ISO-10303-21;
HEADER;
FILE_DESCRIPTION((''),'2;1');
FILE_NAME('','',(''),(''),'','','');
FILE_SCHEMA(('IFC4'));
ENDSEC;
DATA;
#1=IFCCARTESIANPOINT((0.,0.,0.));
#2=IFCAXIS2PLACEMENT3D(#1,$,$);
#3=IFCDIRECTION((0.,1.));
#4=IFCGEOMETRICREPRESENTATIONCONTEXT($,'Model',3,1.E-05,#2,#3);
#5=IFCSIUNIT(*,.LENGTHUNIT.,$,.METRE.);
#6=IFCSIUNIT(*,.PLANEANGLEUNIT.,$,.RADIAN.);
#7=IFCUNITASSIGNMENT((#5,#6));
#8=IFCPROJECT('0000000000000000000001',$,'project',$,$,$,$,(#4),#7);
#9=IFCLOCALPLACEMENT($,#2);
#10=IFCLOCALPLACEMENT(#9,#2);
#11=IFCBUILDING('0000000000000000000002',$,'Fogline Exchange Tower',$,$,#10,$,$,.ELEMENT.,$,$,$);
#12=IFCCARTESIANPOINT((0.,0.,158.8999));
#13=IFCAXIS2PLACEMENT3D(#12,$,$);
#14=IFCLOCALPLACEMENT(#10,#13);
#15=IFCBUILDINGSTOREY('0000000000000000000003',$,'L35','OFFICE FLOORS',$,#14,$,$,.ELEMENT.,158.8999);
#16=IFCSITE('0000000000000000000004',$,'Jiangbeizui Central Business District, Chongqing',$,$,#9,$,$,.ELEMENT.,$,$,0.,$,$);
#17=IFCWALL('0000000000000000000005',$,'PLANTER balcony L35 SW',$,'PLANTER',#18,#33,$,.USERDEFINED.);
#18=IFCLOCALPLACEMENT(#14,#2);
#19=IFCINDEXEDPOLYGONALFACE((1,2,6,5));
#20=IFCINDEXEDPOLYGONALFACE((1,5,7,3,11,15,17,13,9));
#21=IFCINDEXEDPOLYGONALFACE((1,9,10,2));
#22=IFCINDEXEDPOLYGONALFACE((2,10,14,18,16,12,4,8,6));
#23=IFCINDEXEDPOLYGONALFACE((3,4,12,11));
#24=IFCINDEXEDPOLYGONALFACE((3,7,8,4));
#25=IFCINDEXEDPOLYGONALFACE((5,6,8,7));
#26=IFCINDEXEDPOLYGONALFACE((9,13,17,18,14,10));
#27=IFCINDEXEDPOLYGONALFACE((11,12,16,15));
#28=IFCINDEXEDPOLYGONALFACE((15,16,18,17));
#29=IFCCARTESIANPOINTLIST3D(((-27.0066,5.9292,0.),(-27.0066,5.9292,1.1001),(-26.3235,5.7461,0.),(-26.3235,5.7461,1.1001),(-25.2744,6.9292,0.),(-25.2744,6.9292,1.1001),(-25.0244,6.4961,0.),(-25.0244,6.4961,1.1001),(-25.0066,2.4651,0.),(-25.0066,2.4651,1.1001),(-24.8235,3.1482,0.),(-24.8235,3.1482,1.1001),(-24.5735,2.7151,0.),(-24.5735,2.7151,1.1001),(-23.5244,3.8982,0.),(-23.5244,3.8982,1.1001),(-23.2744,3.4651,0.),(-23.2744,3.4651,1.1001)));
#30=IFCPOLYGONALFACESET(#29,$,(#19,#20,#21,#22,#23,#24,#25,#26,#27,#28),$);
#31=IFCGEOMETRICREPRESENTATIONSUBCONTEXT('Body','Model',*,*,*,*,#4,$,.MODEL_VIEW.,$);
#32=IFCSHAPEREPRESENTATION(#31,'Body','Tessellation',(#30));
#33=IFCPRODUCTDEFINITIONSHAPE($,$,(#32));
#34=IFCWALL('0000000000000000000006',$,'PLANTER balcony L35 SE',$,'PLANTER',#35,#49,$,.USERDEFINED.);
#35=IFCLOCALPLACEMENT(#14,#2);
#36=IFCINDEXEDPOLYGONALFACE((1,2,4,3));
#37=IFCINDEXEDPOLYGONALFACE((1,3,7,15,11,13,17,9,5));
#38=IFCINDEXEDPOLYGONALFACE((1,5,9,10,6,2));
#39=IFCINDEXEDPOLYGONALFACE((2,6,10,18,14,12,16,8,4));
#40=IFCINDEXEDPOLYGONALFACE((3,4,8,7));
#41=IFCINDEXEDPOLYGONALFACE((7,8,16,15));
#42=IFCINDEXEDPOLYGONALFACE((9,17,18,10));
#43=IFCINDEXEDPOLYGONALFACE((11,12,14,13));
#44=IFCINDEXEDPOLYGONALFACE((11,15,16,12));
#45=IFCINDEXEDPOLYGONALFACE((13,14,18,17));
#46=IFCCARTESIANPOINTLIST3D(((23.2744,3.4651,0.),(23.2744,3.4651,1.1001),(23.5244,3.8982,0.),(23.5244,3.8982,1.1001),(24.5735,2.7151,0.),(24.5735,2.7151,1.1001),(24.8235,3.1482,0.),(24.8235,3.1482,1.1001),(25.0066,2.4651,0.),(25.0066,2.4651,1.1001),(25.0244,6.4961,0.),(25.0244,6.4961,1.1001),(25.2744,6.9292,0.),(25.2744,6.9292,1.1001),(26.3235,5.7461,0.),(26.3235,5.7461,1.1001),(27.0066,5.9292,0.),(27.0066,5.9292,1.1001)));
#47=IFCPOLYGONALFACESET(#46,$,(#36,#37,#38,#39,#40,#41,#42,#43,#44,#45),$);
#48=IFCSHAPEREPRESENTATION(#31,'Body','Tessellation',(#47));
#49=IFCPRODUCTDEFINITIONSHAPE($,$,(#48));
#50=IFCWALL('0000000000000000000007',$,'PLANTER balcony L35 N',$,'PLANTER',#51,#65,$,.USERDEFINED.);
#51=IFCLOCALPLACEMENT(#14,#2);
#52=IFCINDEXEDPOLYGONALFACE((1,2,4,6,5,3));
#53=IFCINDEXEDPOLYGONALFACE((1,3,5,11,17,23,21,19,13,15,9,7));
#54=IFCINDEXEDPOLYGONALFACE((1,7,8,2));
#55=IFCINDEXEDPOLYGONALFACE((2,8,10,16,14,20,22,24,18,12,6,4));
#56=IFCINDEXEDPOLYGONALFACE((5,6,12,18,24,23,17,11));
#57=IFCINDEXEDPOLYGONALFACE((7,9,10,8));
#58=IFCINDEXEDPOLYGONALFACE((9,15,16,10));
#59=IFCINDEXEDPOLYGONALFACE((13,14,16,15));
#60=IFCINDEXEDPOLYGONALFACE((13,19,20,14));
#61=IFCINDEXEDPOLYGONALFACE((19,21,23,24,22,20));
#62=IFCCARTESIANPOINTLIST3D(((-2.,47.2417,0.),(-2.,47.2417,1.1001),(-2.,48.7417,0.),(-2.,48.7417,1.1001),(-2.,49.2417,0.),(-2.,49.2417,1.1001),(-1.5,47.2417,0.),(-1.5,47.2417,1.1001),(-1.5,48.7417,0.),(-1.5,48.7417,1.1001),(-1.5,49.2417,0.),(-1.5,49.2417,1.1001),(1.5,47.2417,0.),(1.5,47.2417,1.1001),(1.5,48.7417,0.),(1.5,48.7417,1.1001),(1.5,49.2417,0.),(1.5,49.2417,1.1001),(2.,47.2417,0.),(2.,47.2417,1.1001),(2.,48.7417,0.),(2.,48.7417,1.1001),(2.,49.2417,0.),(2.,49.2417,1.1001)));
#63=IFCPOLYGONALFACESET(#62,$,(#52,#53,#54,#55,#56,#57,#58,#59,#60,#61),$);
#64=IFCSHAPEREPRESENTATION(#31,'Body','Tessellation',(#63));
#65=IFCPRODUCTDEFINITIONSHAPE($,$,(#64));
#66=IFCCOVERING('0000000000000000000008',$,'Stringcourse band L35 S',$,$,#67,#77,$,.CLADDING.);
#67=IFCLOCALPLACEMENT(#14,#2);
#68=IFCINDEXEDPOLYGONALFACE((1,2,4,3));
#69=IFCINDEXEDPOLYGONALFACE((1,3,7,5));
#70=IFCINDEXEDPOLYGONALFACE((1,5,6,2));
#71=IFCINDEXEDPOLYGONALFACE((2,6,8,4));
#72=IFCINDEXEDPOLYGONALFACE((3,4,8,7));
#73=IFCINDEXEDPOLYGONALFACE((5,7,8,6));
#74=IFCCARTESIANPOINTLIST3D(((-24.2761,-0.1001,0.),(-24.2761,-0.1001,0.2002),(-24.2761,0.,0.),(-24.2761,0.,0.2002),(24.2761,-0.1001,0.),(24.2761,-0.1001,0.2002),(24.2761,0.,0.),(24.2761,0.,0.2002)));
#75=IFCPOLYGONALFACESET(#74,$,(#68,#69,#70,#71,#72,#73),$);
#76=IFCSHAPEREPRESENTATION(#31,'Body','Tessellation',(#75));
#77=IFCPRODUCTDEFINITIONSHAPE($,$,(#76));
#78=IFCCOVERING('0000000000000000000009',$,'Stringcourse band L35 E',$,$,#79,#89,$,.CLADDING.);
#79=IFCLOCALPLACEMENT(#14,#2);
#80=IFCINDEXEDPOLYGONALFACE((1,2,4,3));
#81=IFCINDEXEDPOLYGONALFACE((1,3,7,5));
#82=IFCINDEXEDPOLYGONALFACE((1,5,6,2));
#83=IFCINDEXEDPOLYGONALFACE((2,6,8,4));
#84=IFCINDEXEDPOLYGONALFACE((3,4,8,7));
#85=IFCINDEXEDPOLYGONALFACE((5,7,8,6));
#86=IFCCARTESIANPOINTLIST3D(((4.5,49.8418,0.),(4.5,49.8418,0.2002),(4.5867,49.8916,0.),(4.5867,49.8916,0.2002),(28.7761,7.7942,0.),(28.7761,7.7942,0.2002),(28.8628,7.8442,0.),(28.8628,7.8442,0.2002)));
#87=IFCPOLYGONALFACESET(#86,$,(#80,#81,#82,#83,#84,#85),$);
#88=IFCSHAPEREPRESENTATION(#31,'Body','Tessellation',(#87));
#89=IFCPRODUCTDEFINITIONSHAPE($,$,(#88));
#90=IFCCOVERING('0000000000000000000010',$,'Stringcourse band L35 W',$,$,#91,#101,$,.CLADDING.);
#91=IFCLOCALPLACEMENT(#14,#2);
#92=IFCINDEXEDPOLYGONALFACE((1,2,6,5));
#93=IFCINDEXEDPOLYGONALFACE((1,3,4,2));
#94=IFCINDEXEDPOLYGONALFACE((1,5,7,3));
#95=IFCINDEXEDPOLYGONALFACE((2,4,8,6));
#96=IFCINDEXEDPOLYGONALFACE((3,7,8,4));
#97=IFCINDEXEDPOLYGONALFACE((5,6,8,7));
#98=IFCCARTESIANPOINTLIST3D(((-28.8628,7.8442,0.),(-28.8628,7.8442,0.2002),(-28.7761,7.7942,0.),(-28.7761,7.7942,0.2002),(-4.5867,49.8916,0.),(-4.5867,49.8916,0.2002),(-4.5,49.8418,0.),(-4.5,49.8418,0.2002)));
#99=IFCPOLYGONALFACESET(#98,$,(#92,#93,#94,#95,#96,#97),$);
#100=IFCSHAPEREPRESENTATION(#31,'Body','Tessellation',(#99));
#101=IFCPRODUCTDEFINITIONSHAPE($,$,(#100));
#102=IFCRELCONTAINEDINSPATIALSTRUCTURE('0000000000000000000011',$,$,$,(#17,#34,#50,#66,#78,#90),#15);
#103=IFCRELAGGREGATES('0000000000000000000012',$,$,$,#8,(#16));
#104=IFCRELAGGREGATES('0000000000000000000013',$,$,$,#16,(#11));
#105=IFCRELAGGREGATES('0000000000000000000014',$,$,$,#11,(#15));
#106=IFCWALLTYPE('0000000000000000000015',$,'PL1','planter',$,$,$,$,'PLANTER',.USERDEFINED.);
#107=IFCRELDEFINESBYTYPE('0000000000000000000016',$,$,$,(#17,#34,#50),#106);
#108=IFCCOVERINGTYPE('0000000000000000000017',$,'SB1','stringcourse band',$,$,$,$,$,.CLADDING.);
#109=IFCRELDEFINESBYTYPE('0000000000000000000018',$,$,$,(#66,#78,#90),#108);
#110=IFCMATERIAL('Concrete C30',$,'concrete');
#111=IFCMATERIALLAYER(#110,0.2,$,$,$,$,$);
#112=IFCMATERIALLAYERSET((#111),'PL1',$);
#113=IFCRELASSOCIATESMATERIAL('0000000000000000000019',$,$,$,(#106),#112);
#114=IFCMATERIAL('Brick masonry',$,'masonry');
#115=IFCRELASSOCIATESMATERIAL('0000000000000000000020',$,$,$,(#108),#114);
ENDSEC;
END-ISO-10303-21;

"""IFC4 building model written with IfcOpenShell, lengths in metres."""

from ifc_helpers import new_model, si_unit, direction, frame, origin, place, context, subcontext, project, spatial, polyline, outline, extrude, material, layer, layer_set, type_object, element, save


model = new_model("IFC4")

# Units and contexts
model_context = context("Model", 3, precision=1e-05, world=origin(), true_north=direction((0.0, 1.0)))
body_context = subcontext(model_context, "Body", "Model", "MODEL_VIEW")
ifc_project = project(units=[si_unit("LENGTHUNIT", "METRE"), si_unit("PLANEANGLEUNIT", "RADIAN")], contexts=[model_context])

# Site, building, storey
site_placement = place(None, origin())
site = spatial("IfcSite", under=ifc_project, at=site_placement, Name="Jiangbeizui Central Business District, Chongqing", CompositionType="ELEMENT", RefElevation=0.0)
building_placement = place(site_placement, origin())
building = spatial("IfcBuilding", under=site, at=building_placement, Name="Fogline Exchange Tower", CompositionType="ELEMENT")
storey_placement = place(building_placement, frame((0.0, 0.0, 158.8999)))
storey = spatial("IfcBuildingStorey", under=building, at=storey_placement, Name="L35", Description="OFFICE FLOORS", CompositionType="ELEMENT", Elevation=158.8999)

# Walls
ifc_material_1 = material(Name="Brick masonry", Category="masonry")
ifc_material_2 = material(Name="Concrete C30", Category="concrete")
ifc_layer_1 = layer(ifc_material_2, 0.2)
ifc_layer_set_1 = layer_set([ifc_layer_1], Name="PL1")
wall_type_1 = type_object("IfcWallType", Name="PL1", Description="planter", ElementType="PLANTER", PredefinedType="USERDEFINED", material=ifc_layer_set_1)
wall_1_placement = place(storey_placement, origin())
element("IfcWall", 1, at=wall_1_placement, inside=storey, type_object=wall_type_1, Name="PLANTER balcony L35 SW", ObjectType="PLANTER", PredefinedType="USERDEFINED", context=body_context, shape_type="SweptSolid", body=[
    extrude(outline(polyline([(-23.5244, 3.8982), (-24.8235, 3.1482), (-26.3235, 5.7461), (-25.0244, 6.4961), (-25.2744, 6.9292), (-27.0066, 5.9292), (-25.0066, 2.4651), (-24.5735, 2.7151), (-24.5735, 2.7151), (-23.2744, 3.4651), (-23.5244, 3.8982)])), origin(), (0.0, 0.0, 1.0), 1.1001),
])
wall_2_placement = place(storey_placement, origin())
element("IfcWall", 2, at=wall_2_placement, inside=storey, type_object=wall_type_1, Name="PLANTER balcony L35 SE", ObjectType="PLANTER", PredefinedType="USERDEFINED", context=body_context, shape_type="SweptSolid", body=[
    extrude(outline(polyline([(23.2744, 3.4651), (24.5735, 2.7151), (24.5735, 2.7151), (25.0066, 2.4651), (27.0066, 5.9292), (25.2744, 6.9292), (25.0244, 6.4961), (26.3235, 5.7461), (24.8235, 3.1482), (23.5244, 3.8982), (23.2744, 3.4651)])), origin(), (0.0, 0.0, 1.0), 1.1001),
])
wall_3_placement = place(storey_placement, origin())
element("IfcWall", 3, at=wall_3_placement, inside=storey, type_object=wall_type_1, Name="PLANTER balcony L35 N", ObjectType="PLANTER", PredefinedType="USERDEFINED", context=body_context, shape_type="SweptSolid", body=[
    extrude(outline(polyline([(-1.5, 49.2417), (-2.0, 49.2417), (-2.0, 48.7417), (-2.0, 47.2417), (-1.5, 47.2417), (-1.5, 48.7417), (1.5, 48.7417), (1.5, 47.2417), (2.0, 47.2417), (2.0, 48.7417), (2.0, 49.2417), (1.5, 49.2417), (-1.5, 49.2417)])), origin(), (0.0, 0.0, 1.0), 1.1001),
])

# Coverings
covering_type = type_object("IfcCoveringType", Name="SB1", Description="stringcourse band", PredefinedType="CLADDING", material=ifc_material_1)
covering_1_placement = place(storey_placement, origin())
element("IfcCovering", 4, at=covering_1_placement, inside=storey, type_object=covering_type, Name="Stringcourse band L35 S", PredefinedType="CLADDING", context=body_context, shape_type="SweptSolid", body=[
    extrude(outline(polyline([(-24.2761, 0.0), (-24.2761, -0.1001), (24.2761, -0.1001), (24.2761, 0.0), (-24.2761, 0.0)])), origin(), (0.0, 0.0, 1.0), 0.2002),
])
covering_2_placement = place(storey_placement, origin())
element("IfcCovering", 5, at=covering_2_placement, inside=storey, type_object=covering_type, Name="Stringcourse band L35 E", PredefinedType="CLADDING", context=body_context, shape_type="SweptSolid", body=[
    extrude(outline(polyline([(28.7761, 7.7942), (28.8628, 7.8442), (4.5867, 49.8916), (4.5, 49.8418), (28.7761, 7.7942)])), origin(), (0.0, 0.0, 1.0), 0.2002),
])
covering_3_placement = place(storey_placement, origin())
element("IfcCovering", 6, at=covering_3_placement, inside=storey, type_object=covering_type, Name="Stringcourse band L35 W", PredefinedType="CLADDING", context=body_context, shape_type="SweptSolid", body=[
    extrude(outline(polyline([(-4.5, 49.8418), (-4.5867, 49.8916), (-28.8628, 7.8442), (-28.7761, 7.7942), (-4.5, 49.8418)])), origin(), (0.0, 0.0, 1.0), 0.2002),
])

save(model, "model.ifc")
